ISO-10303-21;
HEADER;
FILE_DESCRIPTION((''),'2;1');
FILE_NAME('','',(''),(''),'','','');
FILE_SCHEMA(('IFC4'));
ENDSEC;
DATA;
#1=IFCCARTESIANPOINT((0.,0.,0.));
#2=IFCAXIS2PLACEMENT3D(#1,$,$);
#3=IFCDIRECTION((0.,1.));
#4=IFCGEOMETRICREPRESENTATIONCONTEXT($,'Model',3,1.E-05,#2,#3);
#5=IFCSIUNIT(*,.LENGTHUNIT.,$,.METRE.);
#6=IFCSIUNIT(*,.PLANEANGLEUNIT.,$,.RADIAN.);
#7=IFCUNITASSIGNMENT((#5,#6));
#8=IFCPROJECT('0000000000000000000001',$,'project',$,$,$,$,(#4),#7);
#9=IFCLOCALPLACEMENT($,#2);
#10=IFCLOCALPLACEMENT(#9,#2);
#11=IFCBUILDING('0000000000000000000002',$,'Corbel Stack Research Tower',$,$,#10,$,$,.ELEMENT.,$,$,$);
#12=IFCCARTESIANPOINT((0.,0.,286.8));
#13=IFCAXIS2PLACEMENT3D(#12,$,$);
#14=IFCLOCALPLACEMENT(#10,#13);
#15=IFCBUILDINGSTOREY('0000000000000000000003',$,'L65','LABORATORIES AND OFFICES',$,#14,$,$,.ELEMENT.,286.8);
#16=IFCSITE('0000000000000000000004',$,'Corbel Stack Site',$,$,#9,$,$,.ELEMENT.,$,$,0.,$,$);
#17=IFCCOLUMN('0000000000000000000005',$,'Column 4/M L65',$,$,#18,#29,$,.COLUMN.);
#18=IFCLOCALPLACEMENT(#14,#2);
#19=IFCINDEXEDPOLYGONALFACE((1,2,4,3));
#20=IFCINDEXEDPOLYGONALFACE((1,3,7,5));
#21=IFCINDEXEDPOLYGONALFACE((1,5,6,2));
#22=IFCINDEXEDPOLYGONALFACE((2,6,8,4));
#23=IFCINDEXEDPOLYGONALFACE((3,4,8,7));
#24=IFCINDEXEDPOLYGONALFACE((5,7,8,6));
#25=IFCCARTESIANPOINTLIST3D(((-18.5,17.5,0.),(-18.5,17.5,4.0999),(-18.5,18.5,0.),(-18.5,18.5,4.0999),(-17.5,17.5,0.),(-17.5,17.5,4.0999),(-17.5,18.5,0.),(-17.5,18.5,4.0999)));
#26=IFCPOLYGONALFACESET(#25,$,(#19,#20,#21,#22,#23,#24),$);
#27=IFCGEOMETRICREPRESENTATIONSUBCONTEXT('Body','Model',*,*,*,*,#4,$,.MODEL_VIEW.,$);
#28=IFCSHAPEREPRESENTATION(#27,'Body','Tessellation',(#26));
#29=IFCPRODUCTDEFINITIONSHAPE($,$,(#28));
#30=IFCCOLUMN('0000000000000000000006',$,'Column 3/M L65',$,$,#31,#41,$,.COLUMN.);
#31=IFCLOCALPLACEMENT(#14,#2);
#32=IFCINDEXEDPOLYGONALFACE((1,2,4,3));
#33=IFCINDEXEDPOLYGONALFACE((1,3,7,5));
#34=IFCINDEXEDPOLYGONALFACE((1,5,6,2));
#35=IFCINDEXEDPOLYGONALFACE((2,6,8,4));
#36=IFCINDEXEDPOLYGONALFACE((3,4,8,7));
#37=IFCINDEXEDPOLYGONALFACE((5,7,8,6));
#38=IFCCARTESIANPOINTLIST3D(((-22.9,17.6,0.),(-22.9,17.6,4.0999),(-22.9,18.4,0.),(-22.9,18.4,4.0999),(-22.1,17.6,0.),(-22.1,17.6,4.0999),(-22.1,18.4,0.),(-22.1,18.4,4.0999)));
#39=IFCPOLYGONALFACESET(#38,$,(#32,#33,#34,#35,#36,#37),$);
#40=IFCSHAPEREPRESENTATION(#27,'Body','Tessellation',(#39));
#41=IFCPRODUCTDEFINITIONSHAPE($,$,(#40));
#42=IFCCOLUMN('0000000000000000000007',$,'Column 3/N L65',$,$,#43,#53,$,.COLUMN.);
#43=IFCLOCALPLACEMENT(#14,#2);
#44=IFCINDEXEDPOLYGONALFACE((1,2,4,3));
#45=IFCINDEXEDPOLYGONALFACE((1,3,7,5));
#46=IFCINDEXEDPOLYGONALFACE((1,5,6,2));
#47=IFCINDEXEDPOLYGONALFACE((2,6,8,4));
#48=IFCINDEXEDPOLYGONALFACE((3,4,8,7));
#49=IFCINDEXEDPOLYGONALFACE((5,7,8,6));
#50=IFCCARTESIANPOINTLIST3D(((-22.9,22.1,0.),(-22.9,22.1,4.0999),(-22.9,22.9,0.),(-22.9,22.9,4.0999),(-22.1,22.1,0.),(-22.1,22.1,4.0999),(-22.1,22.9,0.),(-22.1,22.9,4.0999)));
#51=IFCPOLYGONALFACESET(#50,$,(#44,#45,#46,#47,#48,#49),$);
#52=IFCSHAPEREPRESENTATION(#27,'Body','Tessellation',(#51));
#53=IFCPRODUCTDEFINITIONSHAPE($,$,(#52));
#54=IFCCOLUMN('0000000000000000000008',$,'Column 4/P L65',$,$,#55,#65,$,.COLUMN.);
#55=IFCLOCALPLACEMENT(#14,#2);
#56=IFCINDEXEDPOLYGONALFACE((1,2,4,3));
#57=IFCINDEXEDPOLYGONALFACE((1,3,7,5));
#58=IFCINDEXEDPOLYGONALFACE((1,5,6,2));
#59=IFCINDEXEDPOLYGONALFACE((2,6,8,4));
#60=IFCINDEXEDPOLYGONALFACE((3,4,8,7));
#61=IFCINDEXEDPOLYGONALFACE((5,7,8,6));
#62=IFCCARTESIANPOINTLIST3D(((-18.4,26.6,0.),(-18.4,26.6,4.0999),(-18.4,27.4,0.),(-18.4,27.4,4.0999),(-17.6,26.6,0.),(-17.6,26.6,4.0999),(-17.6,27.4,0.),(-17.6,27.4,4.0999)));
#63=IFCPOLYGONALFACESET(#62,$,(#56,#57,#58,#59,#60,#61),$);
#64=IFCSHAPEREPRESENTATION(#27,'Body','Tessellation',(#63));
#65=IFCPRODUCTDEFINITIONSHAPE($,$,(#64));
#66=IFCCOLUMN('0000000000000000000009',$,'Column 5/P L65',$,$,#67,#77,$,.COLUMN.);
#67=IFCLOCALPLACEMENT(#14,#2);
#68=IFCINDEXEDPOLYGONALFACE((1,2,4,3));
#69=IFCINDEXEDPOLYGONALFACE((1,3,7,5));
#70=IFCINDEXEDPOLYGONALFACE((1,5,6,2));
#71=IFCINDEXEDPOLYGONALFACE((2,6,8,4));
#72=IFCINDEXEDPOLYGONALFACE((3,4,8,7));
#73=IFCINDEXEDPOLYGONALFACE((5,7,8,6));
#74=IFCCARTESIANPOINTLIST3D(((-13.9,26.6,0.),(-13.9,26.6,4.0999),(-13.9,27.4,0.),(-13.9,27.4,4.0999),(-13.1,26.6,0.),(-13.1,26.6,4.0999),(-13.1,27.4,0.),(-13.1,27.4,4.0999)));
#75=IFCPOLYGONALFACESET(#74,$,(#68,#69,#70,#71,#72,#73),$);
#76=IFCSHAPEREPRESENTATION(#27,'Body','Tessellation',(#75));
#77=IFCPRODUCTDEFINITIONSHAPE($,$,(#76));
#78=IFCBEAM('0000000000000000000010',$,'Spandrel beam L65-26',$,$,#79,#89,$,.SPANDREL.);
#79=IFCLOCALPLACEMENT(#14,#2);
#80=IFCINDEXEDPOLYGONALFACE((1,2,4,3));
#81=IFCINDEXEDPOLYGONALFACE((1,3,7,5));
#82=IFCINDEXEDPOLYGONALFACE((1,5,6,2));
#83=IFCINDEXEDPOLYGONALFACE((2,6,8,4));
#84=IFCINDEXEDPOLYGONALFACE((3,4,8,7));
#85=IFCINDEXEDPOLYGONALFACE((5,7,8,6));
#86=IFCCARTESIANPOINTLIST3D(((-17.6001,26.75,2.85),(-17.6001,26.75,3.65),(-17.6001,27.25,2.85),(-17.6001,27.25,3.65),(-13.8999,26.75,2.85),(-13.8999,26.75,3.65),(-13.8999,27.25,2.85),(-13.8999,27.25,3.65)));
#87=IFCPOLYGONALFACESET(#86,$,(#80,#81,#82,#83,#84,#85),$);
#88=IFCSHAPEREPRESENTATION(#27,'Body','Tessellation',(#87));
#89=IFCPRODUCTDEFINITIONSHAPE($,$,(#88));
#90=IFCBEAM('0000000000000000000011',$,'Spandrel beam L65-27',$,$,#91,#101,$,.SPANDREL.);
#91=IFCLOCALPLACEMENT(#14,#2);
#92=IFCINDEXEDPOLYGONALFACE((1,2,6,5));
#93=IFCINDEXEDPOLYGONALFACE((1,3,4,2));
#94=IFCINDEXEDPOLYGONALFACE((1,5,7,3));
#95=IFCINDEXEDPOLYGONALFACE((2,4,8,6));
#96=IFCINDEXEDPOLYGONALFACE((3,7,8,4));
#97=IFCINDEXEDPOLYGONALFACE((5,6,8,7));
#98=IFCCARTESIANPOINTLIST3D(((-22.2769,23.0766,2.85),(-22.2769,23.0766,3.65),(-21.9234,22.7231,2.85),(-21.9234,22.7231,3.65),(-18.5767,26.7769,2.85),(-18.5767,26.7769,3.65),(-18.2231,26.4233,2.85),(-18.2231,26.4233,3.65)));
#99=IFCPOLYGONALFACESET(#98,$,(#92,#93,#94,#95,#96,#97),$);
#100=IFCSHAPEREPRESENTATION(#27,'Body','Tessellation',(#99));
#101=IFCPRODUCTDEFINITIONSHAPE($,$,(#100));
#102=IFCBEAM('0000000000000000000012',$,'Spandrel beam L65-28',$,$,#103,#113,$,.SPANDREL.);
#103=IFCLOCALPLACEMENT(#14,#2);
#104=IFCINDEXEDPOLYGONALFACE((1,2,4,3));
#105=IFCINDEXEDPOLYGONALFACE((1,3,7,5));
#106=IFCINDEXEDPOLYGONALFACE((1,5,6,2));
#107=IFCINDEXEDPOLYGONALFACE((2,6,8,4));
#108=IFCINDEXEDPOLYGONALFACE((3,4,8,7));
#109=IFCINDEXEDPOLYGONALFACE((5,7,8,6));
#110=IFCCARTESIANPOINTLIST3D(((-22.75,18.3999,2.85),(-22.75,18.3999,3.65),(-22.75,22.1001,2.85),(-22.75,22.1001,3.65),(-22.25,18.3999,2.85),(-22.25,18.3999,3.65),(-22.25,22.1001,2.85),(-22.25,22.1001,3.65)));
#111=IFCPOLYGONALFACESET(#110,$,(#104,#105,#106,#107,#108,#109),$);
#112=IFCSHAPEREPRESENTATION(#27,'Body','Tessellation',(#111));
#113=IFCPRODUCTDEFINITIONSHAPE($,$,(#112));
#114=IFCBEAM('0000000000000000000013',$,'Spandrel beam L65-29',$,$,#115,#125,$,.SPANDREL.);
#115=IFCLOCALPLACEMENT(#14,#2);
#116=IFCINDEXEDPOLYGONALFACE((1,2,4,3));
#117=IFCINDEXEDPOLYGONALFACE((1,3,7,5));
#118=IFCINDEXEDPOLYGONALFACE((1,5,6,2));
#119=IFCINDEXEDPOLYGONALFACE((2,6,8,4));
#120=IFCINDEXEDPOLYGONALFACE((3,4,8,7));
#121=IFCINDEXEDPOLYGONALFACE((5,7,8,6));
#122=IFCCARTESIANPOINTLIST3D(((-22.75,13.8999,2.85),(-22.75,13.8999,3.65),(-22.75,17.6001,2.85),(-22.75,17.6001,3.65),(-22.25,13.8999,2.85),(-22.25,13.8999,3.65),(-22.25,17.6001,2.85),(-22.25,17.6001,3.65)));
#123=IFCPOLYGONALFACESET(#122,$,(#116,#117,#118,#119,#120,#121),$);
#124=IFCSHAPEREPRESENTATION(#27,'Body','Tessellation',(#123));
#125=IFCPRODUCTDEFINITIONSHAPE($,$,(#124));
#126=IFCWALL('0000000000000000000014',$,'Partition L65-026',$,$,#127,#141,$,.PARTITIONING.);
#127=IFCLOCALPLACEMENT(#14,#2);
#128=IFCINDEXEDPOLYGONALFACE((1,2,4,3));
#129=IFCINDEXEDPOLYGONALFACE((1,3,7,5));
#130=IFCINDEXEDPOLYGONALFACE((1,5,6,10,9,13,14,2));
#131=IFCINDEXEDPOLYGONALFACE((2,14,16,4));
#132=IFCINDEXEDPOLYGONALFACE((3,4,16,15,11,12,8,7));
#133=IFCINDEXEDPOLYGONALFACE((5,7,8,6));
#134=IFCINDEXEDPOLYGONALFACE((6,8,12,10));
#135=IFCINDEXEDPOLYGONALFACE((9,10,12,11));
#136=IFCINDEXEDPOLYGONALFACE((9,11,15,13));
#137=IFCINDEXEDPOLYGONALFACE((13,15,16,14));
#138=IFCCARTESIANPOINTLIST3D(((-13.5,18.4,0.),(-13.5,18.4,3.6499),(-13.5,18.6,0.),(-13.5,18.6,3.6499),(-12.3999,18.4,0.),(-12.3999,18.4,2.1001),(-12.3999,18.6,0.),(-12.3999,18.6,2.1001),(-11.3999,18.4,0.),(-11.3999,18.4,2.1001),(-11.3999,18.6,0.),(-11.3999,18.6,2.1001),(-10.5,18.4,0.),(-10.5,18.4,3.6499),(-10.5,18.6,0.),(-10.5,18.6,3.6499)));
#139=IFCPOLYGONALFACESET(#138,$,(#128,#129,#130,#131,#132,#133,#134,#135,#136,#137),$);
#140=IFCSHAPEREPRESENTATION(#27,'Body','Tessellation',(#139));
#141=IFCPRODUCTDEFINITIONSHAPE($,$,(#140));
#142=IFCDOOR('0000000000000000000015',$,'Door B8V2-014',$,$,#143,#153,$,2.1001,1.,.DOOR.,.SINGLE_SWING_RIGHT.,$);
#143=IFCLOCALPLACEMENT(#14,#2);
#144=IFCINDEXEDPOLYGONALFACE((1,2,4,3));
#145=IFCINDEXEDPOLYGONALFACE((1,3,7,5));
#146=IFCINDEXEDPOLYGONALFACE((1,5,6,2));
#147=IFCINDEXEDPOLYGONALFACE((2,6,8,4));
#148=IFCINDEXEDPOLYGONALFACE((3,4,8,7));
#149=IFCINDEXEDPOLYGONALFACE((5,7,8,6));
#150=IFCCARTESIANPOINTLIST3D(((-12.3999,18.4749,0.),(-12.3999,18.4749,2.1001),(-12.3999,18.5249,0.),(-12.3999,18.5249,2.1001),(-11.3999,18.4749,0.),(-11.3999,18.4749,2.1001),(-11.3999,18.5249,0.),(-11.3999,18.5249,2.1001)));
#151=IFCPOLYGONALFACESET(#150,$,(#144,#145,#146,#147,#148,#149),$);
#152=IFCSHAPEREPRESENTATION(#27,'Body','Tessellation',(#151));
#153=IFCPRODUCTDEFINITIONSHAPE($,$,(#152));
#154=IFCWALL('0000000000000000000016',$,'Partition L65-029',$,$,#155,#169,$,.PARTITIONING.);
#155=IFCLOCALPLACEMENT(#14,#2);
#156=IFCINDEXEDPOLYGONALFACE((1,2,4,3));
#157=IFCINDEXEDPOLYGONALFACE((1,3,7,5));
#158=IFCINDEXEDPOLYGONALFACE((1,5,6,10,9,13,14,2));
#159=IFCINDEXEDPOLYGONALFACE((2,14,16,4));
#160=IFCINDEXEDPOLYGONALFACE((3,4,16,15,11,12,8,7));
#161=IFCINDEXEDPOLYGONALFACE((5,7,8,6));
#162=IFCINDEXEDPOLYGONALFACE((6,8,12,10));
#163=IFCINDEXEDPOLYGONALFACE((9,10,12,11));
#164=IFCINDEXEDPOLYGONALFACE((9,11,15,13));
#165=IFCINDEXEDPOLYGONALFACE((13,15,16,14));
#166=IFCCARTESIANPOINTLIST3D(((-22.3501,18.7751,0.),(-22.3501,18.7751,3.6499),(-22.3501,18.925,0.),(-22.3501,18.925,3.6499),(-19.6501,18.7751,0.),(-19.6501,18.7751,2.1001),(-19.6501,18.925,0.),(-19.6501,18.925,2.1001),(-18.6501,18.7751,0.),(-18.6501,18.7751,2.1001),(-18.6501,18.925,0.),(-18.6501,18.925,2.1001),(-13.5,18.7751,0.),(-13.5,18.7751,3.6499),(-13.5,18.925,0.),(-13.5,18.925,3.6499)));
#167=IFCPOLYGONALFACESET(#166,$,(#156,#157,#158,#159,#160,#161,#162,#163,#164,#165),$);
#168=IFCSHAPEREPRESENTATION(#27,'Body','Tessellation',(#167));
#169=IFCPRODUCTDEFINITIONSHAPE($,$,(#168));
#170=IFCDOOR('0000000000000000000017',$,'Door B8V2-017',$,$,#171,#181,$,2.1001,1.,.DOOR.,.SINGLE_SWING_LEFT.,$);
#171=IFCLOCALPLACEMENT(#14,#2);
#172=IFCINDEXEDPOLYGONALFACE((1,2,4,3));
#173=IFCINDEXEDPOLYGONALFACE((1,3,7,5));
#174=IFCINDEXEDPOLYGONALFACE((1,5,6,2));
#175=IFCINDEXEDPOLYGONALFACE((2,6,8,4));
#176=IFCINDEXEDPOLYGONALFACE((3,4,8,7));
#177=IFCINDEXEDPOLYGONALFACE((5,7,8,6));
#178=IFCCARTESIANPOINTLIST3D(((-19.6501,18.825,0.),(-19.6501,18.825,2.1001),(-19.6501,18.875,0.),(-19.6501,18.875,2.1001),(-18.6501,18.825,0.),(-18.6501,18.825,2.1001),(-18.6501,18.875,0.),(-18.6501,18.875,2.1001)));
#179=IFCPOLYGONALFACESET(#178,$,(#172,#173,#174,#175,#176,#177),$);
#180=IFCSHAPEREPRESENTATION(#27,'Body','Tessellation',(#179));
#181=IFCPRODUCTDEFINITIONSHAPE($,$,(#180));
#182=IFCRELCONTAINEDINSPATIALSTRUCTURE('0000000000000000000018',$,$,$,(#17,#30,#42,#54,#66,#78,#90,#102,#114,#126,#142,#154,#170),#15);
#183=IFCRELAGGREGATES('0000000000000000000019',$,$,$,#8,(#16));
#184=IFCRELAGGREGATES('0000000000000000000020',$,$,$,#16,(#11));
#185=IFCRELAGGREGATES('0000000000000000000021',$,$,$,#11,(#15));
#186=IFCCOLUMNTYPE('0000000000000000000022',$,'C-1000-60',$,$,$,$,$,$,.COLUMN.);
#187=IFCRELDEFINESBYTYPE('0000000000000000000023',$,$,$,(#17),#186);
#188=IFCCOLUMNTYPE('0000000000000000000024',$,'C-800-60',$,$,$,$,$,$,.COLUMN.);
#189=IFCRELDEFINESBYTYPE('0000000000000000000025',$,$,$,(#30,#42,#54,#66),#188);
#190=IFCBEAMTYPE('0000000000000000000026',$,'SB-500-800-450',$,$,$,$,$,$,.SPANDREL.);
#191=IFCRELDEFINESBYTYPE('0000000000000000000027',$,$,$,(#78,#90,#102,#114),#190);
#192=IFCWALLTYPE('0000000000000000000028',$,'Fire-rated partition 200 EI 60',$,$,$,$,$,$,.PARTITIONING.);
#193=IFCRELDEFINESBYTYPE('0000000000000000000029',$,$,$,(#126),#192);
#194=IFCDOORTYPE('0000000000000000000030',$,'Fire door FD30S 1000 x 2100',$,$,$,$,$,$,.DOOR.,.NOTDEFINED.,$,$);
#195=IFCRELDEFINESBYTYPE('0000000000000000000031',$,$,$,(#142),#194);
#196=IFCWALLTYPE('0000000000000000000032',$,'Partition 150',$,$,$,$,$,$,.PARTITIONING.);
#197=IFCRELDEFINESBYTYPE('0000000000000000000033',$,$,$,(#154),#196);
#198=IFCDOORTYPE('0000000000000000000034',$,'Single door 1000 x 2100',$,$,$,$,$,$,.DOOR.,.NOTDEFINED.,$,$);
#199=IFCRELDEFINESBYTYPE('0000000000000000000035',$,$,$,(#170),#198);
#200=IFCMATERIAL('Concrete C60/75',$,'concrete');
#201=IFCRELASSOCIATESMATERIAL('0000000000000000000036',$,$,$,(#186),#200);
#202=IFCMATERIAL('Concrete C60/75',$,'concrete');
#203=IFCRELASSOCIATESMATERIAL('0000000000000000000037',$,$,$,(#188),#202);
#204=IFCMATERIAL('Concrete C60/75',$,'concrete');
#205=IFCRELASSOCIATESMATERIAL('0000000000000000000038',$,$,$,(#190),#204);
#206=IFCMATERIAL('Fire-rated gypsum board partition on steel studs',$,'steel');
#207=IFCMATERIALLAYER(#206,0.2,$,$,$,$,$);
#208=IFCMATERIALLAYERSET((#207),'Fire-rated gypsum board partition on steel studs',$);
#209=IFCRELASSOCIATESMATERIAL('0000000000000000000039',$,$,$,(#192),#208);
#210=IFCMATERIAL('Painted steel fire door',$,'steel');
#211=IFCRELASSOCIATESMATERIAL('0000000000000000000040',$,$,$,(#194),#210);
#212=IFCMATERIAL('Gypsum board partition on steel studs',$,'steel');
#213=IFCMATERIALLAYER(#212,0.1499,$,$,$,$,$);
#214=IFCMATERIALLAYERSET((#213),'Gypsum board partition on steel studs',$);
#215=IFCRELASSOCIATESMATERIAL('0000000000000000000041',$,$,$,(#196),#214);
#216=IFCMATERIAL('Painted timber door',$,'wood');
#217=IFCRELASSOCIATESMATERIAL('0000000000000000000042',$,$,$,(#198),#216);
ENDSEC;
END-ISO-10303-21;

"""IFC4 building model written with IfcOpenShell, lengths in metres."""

from ifc_helpers import new_model, si_unit, direction, frame, frame_2d, origin, origin_2d, place, context, subcontext, project, spatial, rectangle, extrude, material, layer, layer_set, material_profile, profile_set, type_object, element, fill, save


model = new_model("IFC4")

# Units and contexts
model_context = context("Model", 3, precision=1e-05, world=origin(), true_north=direction((0.0, 1.0)))
body_context = subcontext(model_context, "Body", "Model", "MODEL_VIEW")
ifc_project = project(units=[si_unit("LENGTHUNIT", "METRE"), si_unit("PLANEANGLEUNIT", "RADIAN")], contexts=[model_context])

# Site, building, storey
site_placement = place(None, origin())
site = spatial("IfcSite", under=ifc_project, at=site_placement, Name="Corbel Stack Site", CompositionType="ELEMENT", RefElevation=0.0)
building_placement = place(site_placement, origin())
building = spatial("IfcBuilding", under=site, at=building_placement, Name="Corbel Stack Research Tower", CompositionType="ELEMENT")
storey_placement = place(building_placement, frame((0.0, 0.0, 286.8)))
storey = spatial("IfcBuildingStorey", under=building, at=storey_placement, Name="L65", Description="LABORATORIES AND OFFICES", CompositionType="ELEMENT", Elevation=286.8)

# Columns
ifc_material_1 = material(Name="Concrete C60/75", Category="concrete")
ifc_material_profile_1 = material_profile(ifc_material_1, rectangle(XDim=1.0, YDim=1.0, at=origin_2d()), Name="RC 1000 x 1000")
ifc_profile_set_1 = profile_set([ifc_material_profile_1], Name="Concrete C60/75")
column_type_1 = type_object("IfcColumnType", Name="C-1000-60", PredefinedType="COLUMN", material=ifc_profile_set_1)
column_placement = place(storey_placement, frame((-18.0, 18.0, 0.0), z_axis=(0.0, 0.0, 1.0), x_axis=(1.0, 0.0, 0.0)))
element("IfcColumn", 1, at=column_placement, inside=storey, type_object=column_type_1, Name="Column 4/M L65", PredefinedType="COLUMN", context=body_context, shape_type="SweptSolid", body=[
    extrude(rectangle(XDim=1.0, YDim=1.0, at=origin_2d()), origin(), (0.0, 0.0, 1.0), 4.0999),
])
ifc_material_2 = material(Name="Concrete C60/75", Category="concrete")
ifc_material_profile_2 = material_profile(ifc_material_2, rectangle(XDim=0.8, YDim=0.8, at=origin_2d()), Name="RC 800 x 800")
ifc_profile_set_2 = profile_set([ifc_material_profile_2], Name="Concrete C60/75")
column_type_2 = type_object("IfcColumnType", Name="C-800-60", PredefinedType="COLUMN", material=ifc_profile_set_2)
for number, where, z_axis, x_axis, name in (
    (2, (-22.5, 18.0, 0.0), (0.0, 0.0, 1.0), (1.0, 0.0, 0.0), "Column 3/M L65"),
    (3, (-22.5, 22.5, 0.0), (0.0, 0.0, 1.0), (1.0, 0.0, 0.0), "Column 3/N L65"),
    (4, (-18.0, 27.0, 0.0), (0.0, 0.0, 1.0), (1.0, 0.0, 0.0), "Column 4/P L65"),
    (5, (-13.5, 27.0, 0.0), (0.0, 0.0, 1.0), (1.0, 0.0, 0.0), "Column 5/P L65"),
):
    element("IfcColumn", number, at=place(storey_placement, frame(where, z_axis=z_axis, x_axis=x_axis)), inside=storey, type_object=column_type_2, Name=name, PredefinedType="COLUMN", context=body_context, shape_type="SweptSolid", body=[
        extrude(rectangle(XDim=0.8, YDim=0.8, at=origin_2d()), origin(), (0.0, 0.0, 1.0), 4.0999),
    ])

# Beams
ifc_material_3 = material(Name="Concrete C60/75", Category="concrete")
ifc_material_profile_3 = material_profile(ifc_material_3, rectangle(XDim=0.5, YDim=0.8, at=origin_2d()), Name="RC 500 x 800")
ifc_profile_set_3 = profile_set([ifc_material_profile_3], Name="Concrete C60/75")
beam_type = type_object("IfcBeamType", Name="SB-500-800-450", PredefinedType="SPANDREL", material=ifc_profile_set_3)
beam_1_placement = place(storey_placement, frame((-13.8999, 27.0, 3.25), z_axis=(-1.0, 0.0, 0.0), x_axis=(0.0, -1.0, 0.0)))
element("IfcBeam", 6, at=beam_1_placement, inside=storey, type_object=beam_type, Name="Spandrel beam L65-26", PredefinedType="SPANDREL", context=body_context, shape_type="SweptSolid", body=[
    extrude(rectangle(XDim=0.5, YDim=0.8, at=origin_2d()), origin(), (0.0, 0.0, 1.0), 3.7002),
])
beam_2_placement = place(storey_placement, frame((-18.3999, 26.6001, 3.25), z_axis=(-0.707107, -0.707107, 0.0), x_axis=(0.707107, -0.707107, 0.0)))
element("IfcBeam", 7, at=beam_2_placement, inside=storey, type_object=beam_type, Name="Spandrel beam L65-27", PredefinedType="SPANDREL", context=body_context, shape_type="SweptSolid", body=[
    extrude(rectangle(XDim=0.5, YDim=0.8, at=origin_2d()), origin(), (0.0, 0.0, 1.0), 5.2329),
])
for number, where, z_axis, x_axis, name in (
    (8, (-22.5, 22.1001, 3.25), (0.0, -1.0, 0.0), (1.0, 0.0, 0.0), "Spandrel beam L65-28"),
    (9, (-22.5, 17.6001, 3.25), (0.0, -1.0, 0.0), (1.0, 0.0, 0.0), "Spandrel beam L65-29"),
):
    element("IfcBeam", number, at=place(storey_placement, frame(where, z_axis=z_axis, x_axis=x_axis)), inside=storey, type_object=beam_type, Name=name, PredefinedType="SPANDREL", context=body_context, shape_type="SweptSolid", body=[
        extrude(rectangle(XDim=0.5, YDim=0.8, at=origin_2d()), origin(), (0.0, 0.0, 1.0), 3.7002),
    ])

# Walls, openings, doors
ifc_material_4 = material(Name="Fire-rated gypsum board partition on steel studs", Category="steel")
ifc_layer_1 = layer(ifc_material_4, 0.2)
ifc_layer_set_1 = layer_set([ifc_layer_1], Name="Fire-rated gypsum board partition on steel studs")
wall_type_1 = type_object("IfcWallType", Name="Fire-rated partition 200 EI 60", PredefinedType="PARTITIONING", material=ifc_layer_set_1)
wall_1_placement = place(storey_placement, frame((-13.5, 18.5, 0.0), z_axis=(0.0, 0.0, 1.0), x_axis=(1.0, 0.0, 0.0)))
wall_1 = element("IfcWall", 10, at=wall_1_placement, inside=storey, type_object=wall_type_1, Name="Partition L65-026", PredefinedType="PARTITIONING", context=body_context, shape_type="SweptSolid", body=[
    extrude(rectangle(XDim=3.0, YDim=0.2, at=frame_2d((1.5, 0.0))), origin(), (0.0, 0.0, 1.0), 3.6499),
])
opening_1_placement = place(wall_1_placement, frame((1.1001, 0.0, 0.0)))
opening_1 = element("IfcOpeningElement", 11, at=opening_1_placement, cuts=wall_1, PredefinedType="OPENING", context=body_context, shape_type="SweptSolid", body=[
    extrude(rectangle(XDim=1.0, YDim=2.1001, at=frame_2d((0.5, 1.05))), frame((0.0, 0.1099, 0.0), z_axis=(0.0, -1.0, 0.0), x_axis=(1.0, 0.0, 0.0)), (0.0, 0.0, 1.0), 0.22),
])
ifc_material_5 = material(Name="Painted steel fire door", Category="steel")
door_type_1 = type_object("IfcDoorType", Name="Fire door FD30S 1000 x 2100", OperationType="NOTDEFINED", PredefinedType="DOOR", material=ifc_material_5)
door_1_placement = place(opening_1_placement, origin())
door_1 = element("IfcDoor", 12, at=door_1_placement, inside=storey, type_object=door_type_1, Name="Door B8V2-014", OperationType="SINGLE_SWING_RIGHT", OverallHeight=2.1001, OverallWidth=1.0, PredefinedType="DOOR", context=body_context, shape_type="SweptSolid", body=[
    extrude(rectangle(XDim=1.0, YDim=2.1001, at=frame_2d((0.5, 1.05))), frame((0.0, 0.0249, 0.0), z_axis=(0.0, -1.0, 0.0), x_axis=(1.0, 0.0, 0.0)), (0.0, 0.0, 1.0), 0.05),
])
fill(opening_1, door_1)
ifc_material_6 = material(Name="Gypsum board partition on steel studs", Category="steel")
ifc_layer_2 = layer(ifc_material_6, 0.1499)
ifc_layer_set_2 = layer_set([ifc_layer_2], Name="Gypsum board partition on steel studs")
wall_type_2 = type_object("IfcWallType", Name="Partition 150", PredefinedType="PARTITIONING", material=ifc_layer_set_2)
wall_2_placement = place(storey_placement, frame((-22.3501, 18.8501, 0.0), z_axis=(0.0, 0.0, 1.0), x_axis=(1.0, 0.0, 0.0)))
wall_2 = element("IfcWall", 13, at=wall_2_placement, inside=storey, type_object=wall_type_2, Name="Partition L65-029", PredefinedType="PARTITIONING", context=body_context, shape_type="SweptSolid", body=[
    extrude(rectangle(XDim=8.8501, YDim=0.1499, at=frame_2d((4.425, 0.0))), origin(), (0.0, 0.0, 1.0), 3.6499),
])
opening_2_placement = place(wall_2_placement, frame((2.7, 0.0, 0.0)))
opening_2 = element("IfcOpeningElement", 14, at=opening_2_placement, cuts=wall_2, PredefinedType="OPENING", context=body_context, shape_type="SweptSolid", body=[
    extrude(rectangle(XDim=1.0, YDim=2.1001, at=frame_2d((0.5, 1.05))), frame((0.0, 0.085, 0.0), z_axis=(0.0, -1.0, 0.0), x_axis=(1.0, 0.0, 0.0)), (0.0, 0.0, 1.0), 0.1699),
])
ifc_material_7 = material(Name="Painted timber door", Category="wood")
door_type_2 = type_object("IfcDoorType", Name="Single door 1000 x 2100", OperationType="NOTDEFINED", PredefinedType="DOOR", material=ifc_material_7)
door_2_placement = place(opening_2_placement, origin())
door_2 = element("IfcDoor", 15, at=door_2_placement, inside=storey, type_object=door_type_2, Name="Door B8V2-017", OperationType="SINGLE_SWING_LEFT", OverallHeight=2.1001, OverallWidth=1.0, PredefinedType="DOOR", context=body_context, shape_type="SweptSolid", body=[
    extrude(rectangle(XDim=1.0, YDim=2.1001, at=frame_2d((0.5, 1.05))), frame((0.0, 0.0249, 0.0), z_axis=(0.0, -1.0, 0.0), x_axis=(1.0, 0.0, 0.0)), (0.0, 0.0, 1.0), 0.05),
])
fill(opening_2, door_2)

save(model, "model.ifc")
